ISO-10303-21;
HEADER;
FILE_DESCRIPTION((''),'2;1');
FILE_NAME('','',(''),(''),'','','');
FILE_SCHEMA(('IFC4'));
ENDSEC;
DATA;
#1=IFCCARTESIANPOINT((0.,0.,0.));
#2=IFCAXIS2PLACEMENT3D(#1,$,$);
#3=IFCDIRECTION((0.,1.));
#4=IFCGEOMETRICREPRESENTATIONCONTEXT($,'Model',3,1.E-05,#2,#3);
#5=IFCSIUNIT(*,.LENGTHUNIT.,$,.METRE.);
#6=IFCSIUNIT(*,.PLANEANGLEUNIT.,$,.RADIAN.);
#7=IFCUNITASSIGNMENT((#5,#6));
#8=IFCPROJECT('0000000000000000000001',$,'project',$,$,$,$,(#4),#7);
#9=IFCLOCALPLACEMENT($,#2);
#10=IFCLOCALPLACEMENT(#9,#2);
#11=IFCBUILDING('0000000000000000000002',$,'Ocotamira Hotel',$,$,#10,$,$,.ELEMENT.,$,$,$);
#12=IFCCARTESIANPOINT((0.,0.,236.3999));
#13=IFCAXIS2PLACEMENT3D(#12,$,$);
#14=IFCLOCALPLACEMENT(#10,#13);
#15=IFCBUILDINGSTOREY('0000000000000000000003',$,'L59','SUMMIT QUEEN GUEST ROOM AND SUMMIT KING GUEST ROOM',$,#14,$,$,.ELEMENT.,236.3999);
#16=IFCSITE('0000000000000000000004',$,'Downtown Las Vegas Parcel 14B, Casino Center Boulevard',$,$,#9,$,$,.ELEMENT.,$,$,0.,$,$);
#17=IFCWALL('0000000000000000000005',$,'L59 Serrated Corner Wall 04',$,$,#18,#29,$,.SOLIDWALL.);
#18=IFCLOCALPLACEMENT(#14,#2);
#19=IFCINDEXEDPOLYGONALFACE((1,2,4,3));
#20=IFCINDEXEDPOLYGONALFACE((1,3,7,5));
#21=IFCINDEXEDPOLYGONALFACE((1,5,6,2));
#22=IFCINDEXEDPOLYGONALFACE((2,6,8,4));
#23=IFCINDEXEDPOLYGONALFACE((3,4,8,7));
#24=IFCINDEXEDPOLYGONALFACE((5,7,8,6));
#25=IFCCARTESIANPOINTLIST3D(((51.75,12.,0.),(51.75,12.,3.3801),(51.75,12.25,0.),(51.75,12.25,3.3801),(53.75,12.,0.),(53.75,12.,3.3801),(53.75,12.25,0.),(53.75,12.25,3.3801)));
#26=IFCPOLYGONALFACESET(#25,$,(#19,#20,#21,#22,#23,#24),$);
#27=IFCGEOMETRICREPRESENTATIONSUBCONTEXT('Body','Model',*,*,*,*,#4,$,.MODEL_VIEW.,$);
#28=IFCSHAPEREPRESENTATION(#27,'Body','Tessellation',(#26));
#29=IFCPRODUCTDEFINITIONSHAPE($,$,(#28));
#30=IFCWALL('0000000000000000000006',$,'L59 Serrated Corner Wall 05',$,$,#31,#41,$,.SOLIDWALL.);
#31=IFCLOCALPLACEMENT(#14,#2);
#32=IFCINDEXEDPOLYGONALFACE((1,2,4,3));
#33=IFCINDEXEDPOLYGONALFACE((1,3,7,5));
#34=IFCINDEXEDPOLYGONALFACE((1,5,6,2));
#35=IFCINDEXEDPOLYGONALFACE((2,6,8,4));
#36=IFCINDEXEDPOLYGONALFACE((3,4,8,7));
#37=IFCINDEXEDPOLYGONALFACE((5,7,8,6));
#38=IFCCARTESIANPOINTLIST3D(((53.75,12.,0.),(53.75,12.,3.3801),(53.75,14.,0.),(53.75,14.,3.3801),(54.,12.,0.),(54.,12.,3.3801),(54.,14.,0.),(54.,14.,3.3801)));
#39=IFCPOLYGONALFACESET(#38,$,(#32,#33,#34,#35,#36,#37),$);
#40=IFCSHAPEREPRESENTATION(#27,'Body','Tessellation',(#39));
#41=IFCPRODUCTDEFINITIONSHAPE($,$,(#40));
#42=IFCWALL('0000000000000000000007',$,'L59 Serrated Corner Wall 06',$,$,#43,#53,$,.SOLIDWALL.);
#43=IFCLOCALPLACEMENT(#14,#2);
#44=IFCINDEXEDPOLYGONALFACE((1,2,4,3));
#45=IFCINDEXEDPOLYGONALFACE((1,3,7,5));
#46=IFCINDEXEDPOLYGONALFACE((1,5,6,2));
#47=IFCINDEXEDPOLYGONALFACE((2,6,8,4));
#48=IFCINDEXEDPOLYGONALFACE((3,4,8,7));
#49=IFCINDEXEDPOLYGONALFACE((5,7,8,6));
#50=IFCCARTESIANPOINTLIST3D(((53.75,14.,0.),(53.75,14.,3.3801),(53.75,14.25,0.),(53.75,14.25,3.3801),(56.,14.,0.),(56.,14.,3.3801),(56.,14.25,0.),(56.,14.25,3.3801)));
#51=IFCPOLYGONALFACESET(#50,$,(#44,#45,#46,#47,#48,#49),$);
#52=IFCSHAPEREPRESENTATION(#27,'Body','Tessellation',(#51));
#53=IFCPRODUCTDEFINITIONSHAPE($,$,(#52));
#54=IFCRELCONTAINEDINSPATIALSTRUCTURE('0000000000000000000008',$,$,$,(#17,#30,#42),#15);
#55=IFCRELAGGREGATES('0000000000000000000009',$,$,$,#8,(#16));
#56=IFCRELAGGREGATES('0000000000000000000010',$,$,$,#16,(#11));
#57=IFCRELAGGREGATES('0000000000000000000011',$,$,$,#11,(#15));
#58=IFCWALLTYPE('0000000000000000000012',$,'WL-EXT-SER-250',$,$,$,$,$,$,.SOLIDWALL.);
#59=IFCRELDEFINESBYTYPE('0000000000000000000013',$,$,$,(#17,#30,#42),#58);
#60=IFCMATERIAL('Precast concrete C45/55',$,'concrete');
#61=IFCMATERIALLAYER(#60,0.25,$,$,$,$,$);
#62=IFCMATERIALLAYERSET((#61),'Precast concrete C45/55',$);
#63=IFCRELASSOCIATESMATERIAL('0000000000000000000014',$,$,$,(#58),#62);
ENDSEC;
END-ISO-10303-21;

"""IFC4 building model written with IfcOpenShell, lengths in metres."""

from ifc_helpers import new_model, si_unit, direction, frame, frame_2d, origin, place, context, subcontext, project, spatial, rectangle, extrude, material, layer, layer_set, type_object, element, save


model = new_model("IFC4")

# Units and contexts
model_context = context("Model", 3, precision=1e-05, world=origin(), true_north=direction((0.0, 1.0)))
body_context = subcontext(model_context, "Body", "Model", "MODEL_VIEW")
ifc_project = project(units=[si_unit("LENGTHUNIT", "METRE"), si_unit("PLANEANGLEUNIT", "RADIAN")], contexts=[model_context])

# Site, building, storey
site_placement = place(None, origin())
site = spatial("IfcSite", under=ifc_project, at=site_placement, Name="Downtown Las Vegas Parcel 14B, Casino Center Boulevard", CompositionType="ELEMENT", RefElevation=0.0)
building_placement = place(site_placement, origin())
building = spatial("IfcBuilding", under=site, at=building_placement, Name="Ocotamira Hotel", CompositionType="ELEMENT")
storey_placement = place(building_placement, frame((0.0, 0.0, 236.3999)))
storey = spatial("IfcBuildingStorey", under=building, at=storey_placement, Name="L59", Description="SUMMIT QUEEN GUEST ROOM AND SUMMIT KING GUEST ROOM", CompositionType="ELEMENT", Elevation=236.3999)

# Shared definitions
ifc_material_1 = material(Name="Precast concrete C45/55", Category="concrete")
ifc_layer_1 = layer(ifc_material_1, 0.25)
ifc_layer_set_1 = layer_set([ifc_layer_1], Name="Precast concrete C45/55")
wall_type_1 = type_object("IfcWallType", Name="WL-EXT-SER-250", PredefinedType="SOLIDWALL", material=ifc_layer_set_1)

# Walls
for number, where, z_axis, x_axis, name in (
    (1, (51.75, 12.125, 0.0), (0.0, 0.0, 1.0), (1.0, 0.0, 0.0), "L59 Serrated Corner Wall 04"),
    (2, (53.875, 12.0, 0.0), (0.0, 0.0, 1.0), (0.0, 1.0, 0.0), "L59 Serrated Corner Wall 05"),
):
    element("IfcWall", number, at=place(storey_placement, frame(where, z_axis=z_axis, x_axis=x_axis)), inside=storey, type_object=wall_type_1, Name=name, PredefinedType="SOLIDWALL", context=body_context, shape_type="SweptSolid", body=[
        extrude(rectangle(XDim=2.0, YDim=0.25, at=frame_2d((1.0, 0.0))), origin(), (0.0, 0.0, 1.0), 3.3801),
    ])
wall_1_placement = place(storey_placement, frame((53.75, 14.125, 0.0), z_axis=(0.0, 0.0, 1.0), x_axis=(1.0, 0.0, 0.0)))
element("IfcWall", 3, at=wall_1_placement, inside=storey, type_object=wall_type_1, Name="L59 Serrated Corner Wall 06", PredefinedType="SOLIDWALL", context=body_context, shape_type="SweptSolid", body=[
    extrude(rectangle(XDim=2.25, YDim=0.25, at=frame_2d((1.125, 0.0))), origin(), (0.0, 0.0, 1.0), 3.3801),
])

save(model, "model.ifc")
